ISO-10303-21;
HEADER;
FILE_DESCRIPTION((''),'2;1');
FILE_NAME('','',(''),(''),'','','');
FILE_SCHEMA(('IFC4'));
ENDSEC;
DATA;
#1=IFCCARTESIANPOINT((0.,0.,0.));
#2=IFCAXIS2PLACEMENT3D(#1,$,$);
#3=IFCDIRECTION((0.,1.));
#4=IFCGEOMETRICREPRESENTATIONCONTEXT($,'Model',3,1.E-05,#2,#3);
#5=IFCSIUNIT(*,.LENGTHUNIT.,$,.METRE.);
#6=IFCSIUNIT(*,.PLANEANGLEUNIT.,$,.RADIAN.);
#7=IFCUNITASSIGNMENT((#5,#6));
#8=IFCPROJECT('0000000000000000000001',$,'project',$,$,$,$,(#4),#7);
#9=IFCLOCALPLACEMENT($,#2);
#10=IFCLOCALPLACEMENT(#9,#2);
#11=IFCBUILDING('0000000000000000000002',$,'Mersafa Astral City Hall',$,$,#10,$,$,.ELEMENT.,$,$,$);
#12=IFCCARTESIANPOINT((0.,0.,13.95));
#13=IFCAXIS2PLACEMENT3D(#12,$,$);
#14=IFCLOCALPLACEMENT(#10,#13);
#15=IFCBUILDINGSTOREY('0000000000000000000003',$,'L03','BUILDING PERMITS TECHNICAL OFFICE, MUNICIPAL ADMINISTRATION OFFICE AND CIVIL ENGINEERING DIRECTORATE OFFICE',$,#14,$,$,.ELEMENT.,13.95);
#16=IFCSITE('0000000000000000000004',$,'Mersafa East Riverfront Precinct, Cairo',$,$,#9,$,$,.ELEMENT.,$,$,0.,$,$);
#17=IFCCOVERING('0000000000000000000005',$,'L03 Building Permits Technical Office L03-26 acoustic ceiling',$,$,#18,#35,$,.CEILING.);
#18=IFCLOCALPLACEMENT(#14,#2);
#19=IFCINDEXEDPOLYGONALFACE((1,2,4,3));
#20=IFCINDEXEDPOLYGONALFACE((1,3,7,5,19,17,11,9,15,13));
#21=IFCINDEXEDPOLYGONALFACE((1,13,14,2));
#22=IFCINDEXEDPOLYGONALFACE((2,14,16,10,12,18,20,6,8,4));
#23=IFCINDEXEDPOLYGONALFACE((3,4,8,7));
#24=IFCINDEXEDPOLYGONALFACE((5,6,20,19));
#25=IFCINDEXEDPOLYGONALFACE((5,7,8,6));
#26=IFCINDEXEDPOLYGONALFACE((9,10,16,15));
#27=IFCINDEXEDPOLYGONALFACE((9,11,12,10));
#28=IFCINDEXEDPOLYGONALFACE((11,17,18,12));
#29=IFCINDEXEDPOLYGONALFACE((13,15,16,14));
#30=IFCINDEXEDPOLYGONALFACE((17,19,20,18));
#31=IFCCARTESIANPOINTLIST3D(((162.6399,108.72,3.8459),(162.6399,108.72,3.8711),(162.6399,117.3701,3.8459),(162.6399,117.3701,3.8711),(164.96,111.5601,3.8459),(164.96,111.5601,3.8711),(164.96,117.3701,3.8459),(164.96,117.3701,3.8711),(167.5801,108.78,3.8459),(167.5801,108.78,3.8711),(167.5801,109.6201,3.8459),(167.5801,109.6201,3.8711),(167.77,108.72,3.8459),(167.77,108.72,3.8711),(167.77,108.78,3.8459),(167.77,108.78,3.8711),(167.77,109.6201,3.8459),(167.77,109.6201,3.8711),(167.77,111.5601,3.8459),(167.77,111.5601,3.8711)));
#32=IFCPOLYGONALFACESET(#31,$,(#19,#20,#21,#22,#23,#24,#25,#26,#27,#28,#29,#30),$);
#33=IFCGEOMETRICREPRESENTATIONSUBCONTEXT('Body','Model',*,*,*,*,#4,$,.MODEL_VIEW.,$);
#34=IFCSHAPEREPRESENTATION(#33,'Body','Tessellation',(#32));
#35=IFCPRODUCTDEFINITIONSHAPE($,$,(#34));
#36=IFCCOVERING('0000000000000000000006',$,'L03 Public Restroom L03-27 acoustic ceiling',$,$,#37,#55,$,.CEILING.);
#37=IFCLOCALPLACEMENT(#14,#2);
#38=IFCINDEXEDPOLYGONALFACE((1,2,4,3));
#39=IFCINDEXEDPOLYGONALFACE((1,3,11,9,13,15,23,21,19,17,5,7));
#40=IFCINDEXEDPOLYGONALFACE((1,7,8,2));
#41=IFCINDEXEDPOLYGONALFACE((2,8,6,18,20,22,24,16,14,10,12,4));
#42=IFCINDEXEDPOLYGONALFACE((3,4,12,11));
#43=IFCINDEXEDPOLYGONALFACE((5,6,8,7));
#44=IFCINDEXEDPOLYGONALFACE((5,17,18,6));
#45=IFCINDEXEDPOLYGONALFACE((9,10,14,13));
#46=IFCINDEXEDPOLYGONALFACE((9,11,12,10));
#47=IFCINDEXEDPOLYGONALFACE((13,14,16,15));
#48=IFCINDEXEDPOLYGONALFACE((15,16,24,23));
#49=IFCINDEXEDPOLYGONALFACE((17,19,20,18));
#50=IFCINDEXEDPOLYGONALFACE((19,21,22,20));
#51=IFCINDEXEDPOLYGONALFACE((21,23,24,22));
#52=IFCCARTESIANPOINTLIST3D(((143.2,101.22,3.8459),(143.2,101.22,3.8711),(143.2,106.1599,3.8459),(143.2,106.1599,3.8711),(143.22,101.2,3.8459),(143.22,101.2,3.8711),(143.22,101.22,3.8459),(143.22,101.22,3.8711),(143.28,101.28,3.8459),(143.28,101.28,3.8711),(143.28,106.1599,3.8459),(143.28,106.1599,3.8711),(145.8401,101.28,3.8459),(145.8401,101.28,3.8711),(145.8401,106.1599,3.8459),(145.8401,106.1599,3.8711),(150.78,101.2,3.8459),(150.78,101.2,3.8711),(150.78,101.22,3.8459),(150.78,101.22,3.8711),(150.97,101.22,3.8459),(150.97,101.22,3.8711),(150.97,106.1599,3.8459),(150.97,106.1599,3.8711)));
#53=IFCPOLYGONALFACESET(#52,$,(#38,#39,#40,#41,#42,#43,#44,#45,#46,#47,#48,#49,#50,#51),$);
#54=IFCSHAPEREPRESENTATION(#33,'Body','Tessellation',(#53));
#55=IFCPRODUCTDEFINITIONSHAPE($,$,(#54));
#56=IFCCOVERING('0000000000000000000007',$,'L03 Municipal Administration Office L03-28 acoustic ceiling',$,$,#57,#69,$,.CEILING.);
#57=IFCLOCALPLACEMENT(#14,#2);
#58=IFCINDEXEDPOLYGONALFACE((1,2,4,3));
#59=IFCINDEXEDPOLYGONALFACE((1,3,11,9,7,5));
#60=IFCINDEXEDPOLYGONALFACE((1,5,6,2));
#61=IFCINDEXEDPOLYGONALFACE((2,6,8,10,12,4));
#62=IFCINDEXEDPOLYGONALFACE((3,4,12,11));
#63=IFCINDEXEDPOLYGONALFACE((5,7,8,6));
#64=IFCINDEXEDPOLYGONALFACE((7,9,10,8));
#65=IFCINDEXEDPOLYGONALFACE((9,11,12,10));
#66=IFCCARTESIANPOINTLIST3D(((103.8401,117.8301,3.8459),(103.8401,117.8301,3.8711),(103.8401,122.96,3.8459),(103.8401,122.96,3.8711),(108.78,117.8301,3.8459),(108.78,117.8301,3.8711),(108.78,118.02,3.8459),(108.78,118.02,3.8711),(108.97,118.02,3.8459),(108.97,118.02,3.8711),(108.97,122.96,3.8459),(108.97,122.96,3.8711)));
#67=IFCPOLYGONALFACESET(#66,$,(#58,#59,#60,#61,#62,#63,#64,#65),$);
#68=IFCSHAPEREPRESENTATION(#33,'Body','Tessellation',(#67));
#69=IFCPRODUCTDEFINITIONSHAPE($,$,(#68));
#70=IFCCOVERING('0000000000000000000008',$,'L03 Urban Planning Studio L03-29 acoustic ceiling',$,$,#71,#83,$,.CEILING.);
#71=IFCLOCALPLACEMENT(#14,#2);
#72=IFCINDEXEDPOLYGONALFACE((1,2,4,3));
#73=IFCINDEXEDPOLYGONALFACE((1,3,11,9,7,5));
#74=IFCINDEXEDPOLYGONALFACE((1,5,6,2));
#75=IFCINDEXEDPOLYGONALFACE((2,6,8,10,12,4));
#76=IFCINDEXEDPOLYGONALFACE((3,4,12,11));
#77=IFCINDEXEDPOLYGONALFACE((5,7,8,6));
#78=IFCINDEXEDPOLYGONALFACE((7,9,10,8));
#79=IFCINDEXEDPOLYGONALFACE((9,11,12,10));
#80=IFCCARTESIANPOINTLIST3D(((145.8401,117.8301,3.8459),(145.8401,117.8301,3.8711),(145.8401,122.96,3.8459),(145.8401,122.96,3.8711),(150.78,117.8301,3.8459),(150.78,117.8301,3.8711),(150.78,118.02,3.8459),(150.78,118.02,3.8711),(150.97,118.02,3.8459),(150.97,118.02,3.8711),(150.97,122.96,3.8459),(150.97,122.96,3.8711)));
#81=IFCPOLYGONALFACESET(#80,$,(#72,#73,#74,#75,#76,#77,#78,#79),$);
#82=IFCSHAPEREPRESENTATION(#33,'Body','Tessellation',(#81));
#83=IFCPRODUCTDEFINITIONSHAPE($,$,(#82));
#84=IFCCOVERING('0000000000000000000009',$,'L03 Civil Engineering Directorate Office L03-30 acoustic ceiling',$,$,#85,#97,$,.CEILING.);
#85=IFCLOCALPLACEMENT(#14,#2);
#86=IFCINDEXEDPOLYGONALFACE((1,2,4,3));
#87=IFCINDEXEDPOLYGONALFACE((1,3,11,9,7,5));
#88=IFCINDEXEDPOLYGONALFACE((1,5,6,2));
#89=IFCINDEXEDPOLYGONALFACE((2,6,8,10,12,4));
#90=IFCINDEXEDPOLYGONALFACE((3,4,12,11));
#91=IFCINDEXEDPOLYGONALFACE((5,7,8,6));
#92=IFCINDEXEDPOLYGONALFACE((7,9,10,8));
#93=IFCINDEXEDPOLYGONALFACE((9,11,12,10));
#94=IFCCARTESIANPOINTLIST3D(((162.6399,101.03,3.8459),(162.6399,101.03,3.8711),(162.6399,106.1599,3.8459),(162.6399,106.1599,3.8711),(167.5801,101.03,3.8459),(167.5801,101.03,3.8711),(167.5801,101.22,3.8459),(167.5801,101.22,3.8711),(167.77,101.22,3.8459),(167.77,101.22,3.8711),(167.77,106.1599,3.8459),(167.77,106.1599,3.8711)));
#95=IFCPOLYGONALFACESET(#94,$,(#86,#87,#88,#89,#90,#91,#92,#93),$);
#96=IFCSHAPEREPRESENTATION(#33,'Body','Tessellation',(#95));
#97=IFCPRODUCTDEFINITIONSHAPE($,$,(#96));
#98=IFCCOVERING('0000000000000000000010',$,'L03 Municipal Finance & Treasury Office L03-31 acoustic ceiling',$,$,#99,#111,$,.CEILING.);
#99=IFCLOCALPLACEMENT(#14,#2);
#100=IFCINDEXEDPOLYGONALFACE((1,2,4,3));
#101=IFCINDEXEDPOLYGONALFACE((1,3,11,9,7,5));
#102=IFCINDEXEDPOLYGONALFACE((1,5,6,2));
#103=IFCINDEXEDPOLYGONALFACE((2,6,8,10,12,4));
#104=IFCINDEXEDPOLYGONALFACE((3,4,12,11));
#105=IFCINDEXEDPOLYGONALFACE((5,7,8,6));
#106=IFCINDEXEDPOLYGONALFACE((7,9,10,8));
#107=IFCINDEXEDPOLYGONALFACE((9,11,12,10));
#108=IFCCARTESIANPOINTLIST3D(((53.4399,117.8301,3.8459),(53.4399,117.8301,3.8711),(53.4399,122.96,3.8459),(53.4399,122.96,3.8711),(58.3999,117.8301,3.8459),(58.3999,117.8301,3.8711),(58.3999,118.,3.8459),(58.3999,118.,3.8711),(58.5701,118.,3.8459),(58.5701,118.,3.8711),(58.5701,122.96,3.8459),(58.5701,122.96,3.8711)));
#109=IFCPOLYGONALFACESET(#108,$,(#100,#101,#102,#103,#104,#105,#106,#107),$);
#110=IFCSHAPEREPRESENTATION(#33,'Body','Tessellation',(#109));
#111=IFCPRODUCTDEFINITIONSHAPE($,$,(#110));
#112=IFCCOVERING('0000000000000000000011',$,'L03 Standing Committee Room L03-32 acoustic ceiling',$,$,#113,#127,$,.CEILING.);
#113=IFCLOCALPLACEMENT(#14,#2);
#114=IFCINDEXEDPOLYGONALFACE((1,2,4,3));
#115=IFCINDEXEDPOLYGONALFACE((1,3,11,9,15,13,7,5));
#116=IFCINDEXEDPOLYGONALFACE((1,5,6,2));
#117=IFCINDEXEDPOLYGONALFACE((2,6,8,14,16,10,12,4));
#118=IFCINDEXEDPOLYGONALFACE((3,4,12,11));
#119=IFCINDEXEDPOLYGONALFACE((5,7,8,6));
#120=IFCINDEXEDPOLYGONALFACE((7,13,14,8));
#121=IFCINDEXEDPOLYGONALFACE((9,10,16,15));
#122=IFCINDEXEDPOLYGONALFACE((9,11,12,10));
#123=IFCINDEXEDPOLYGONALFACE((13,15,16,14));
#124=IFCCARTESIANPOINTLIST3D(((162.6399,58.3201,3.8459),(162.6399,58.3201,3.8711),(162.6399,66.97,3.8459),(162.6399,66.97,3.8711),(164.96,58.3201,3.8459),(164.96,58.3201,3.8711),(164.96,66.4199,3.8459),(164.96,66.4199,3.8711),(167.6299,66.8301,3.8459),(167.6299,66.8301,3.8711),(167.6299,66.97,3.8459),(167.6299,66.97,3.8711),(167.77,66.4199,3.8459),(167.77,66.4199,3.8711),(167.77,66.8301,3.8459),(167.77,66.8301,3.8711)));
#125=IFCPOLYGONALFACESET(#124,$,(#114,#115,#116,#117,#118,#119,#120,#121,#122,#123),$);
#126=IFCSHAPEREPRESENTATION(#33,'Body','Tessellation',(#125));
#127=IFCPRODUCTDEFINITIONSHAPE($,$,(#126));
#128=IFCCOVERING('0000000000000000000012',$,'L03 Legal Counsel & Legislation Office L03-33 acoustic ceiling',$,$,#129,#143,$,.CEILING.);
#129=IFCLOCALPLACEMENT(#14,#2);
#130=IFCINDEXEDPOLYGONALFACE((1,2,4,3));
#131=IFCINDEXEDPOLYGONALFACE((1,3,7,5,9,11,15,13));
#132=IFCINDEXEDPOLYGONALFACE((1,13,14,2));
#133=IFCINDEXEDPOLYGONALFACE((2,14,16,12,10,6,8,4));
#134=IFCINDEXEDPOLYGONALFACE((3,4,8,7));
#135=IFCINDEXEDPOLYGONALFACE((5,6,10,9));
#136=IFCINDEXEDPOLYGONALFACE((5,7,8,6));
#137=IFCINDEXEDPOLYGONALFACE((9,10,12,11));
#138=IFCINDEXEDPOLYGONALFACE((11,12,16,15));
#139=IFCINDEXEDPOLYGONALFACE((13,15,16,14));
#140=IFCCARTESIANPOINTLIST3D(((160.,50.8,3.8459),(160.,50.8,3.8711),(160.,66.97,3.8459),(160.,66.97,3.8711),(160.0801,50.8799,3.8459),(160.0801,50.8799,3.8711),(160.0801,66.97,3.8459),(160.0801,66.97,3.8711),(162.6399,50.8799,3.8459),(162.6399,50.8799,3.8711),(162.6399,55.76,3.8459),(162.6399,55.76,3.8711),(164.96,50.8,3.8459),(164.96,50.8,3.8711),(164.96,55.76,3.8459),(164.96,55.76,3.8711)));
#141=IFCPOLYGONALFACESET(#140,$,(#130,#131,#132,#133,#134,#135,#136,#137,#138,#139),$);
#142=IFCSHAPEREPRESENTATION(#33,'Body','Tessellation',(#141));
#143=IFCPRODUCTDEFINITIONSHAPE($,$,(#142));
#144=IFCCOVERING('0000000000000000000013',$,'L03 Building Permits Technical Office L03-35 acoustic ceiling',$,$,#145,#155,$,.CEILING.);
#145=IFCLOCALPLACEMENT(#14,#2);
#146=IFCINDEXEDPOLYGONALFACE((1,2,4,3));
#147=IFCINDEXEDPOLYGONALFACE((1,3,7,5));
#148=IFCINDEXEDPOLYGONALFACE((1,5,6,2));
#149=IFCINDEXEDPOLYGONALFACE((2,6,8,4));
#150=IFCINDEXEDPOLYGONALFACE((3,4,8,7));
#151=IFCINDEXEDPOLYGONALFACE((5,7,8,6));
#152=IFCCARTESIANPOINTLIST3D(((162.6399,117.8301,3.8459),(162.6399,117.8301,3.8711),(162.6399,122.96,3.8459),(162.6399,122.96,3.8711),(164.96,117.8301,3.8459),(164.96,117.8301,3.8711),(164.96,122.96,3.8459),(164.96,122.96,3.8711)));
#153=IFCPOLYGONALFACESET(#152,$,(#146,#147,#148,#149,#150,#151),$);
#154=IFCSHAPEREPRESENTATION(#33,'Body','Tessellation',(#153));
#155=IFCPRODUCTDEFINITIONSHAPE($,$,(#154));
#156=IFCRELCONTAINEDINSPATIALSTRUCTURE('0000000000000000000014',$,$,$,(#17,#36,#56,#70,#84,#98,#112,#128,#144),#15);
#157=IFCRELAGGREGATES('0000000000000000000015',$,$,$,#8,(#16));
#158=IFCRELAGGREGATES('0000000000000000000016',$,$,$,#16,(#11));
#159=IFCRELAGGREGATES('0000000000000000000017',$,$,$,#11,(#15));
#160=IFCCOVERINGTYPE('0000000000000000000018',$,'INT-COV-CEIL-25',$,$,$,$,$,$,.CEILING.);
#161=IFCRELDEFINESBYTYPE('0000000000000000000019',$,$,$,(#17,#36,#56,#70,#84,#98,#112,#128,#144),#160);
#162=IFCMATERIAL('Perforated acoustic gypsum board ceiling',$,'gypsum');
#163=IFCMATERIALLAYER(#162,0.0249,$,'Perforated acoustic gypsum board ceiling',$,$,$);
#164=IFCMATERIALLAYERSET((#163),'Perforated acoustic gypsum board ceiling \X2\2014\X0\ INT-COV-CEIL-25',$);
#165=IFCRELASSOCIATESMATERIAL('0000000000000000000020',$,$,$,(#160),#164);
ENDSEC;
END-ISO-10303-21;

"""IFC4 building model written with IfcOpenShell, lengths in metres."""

from ifc_helpers import new_model, si_unit, direction, frame, origin, place, context, subcontext, project, spatial, polyline, outline, extrude, material, layer, layer_set, type_object, element, save


model = new_model("IFC4")

# Units and contexts
model_context = context("Model", 3, precision=1e-05, world=origin(), true_north=direction((0.0, 1.0)))
body_context = subcontext(model_context, "Body", "Model", "MODEL_VIEW")
ifc_project = project(units=[si_unit("LENGTHUNIT", "METRE"), si_unit("PLANEANGLEUNIT", "RADIAN")], contexts=[model_context])

# Site, building, storey
site_placement = place(None, origin())
site = spatial("IfcSite", under=ifc_project, at=site_placement, Name="Mersafa East Riverfront Precinct, Cairo", CompositionType="ELEMENT", RefElevation=0.0)
building_placement = place(site_placement, origin())
building = spatial("IfcBuilding", under=site, at=building_placement, Name="Mersafa Astral City Hall", CompositionType="ELEMENT")
storey_placement = place(building_placement, frame((0.0, 0.0, 13.95)))
storey = spatial("IfcBuildingStorey", under=building, at=storey_placement, Name="L03", Description="BUILDING PERMITS TECHNICAL OFFICE, MUNICIPAL ADMINISTRATION OFFICE AND CIVIL ENGINEERING DIRECTORATE OFFICE", CompositionType="ELEMENT", Elevation=13.95)

# Coverings
ifc_material = material(Name="Perforated acoustic gypsum board ceiling", Category="gypsum")
ifc_layer = layer(ifc_material, 0.0249, Name="Perforated acoustic gypsum board ceiling")
ifc_layer_set = layer_set([ifc_layer], Name="Perforated acoustic gypsum board ceiling — INT-COV-CEIL-25")
covering_type = type_object("IfcCoveringType", Name="INT-COV-CEIL-25", PredefinedType="CEILING", material=ifc_layer_set)
covering_1_placement = place(storey_placement, frame((0.0, 0.0, 3.8459)))
element("IfcCovering", 1, at=covering_1_placement, inside=storey, type_object=covering_type, Name="L03 Building Permits Technical Office L03-26 acoustic ceiling", PredefinedType="CEILING", context=body_context, shape_type="SweptSolid", body=[
    extrude(outline(polyline([(164.96, 117.3701), (164.96, 111.5601), (167.77, 111.5601), (167.77, 109.6201), (167.5801, 109.6201), (167.5801, 108.78), (167.77, 108.78), (167.77, 108.72), (162.6399, 108.72), (162.6399, 117.3701), (164.96, 117.3701)])), origin(), (0.0, 0.0, 1.0), 0.0251),
])
covering_2_placement = place(storey_placement, frame((0.0, 0.0, 3.8459)))
element("IfcCovering", 2, at=covering_2_placement, inside=storey, type_object=covering_type, Name="L03 Public Restroom L03-27 acoustic ceiling", PredefinedType="CEILING", context=body_context, shape_type="SweptSolid", body=[
    extrude(outline(polyline([(143.22, 101.22), (143.2, 101.22), (143.2, 106.1599), (143.28, 106.1599), (143.28, 101.28), (145.8401, 101.28), (145.8401, 106.1599), (150.97, 106.1599), (150.97, 101.22), (150.78, 101.22), (150.78, 101.2), (143.22, 101.2), (143.22, 101.22)])), origin(), (0.0, 0.0, 1.0), 0.0251),
])
covering_3_placement = place(storey_placement, frame((0.0, 0.0, 3.8459)))
element("IfcCovering", 3, at=covering_3_placement, inside=storey, type_object=covering_type, Name="L03 Municipal Administration Office L03-28 acoustic ceiling", PredefinedType="CEILING", context=body_context, shape_type="SweptSolid", body=[
    extrude(outline(polyline([(108.97, 118.02), (108.78, 118.02), (108.78, 117.8301), (103.8401, 117.8301), (103.8401, 122.96), (108.97, 122.96), (108.97, 118.02)])), origin(), (0.0, 0.0, 1.0), 0.0251),
])
covering_4_placement = place(storey_placement, frame((0.0, 0.0, 3.8459)))
element("IfcCovering", 4, at=covering_4_placement, inside=storey, type_object=covering_type, Name="L03 Urban Planning Studio L03-29 acoustic ceiling", PredefinedType="CEILING", context=body_context, shape_type="SweptSolid", body=[
    extrude(outline(polyline([(150.97, 118.02), (150.78, 118.02), (150.78, 117.8301), (145.8401, 117.8301), (145.8401, 122.96), (150.97, 122.96), (150.97, 118.02)])), origin(), (0.0, 0.0, 1.0), 0.0251),
])
covering_5_placement = place(storey_placement, frame((0.0, 0.0, 3.8459)))
element("IfcCovering", 5, at=covering_5_placement, inside=storey, type_object=covering_type, Name="L03 Civil Engineering Directorate Office L03-30 acoustic ceiling", PredefinedType="CEILING", context=body_context, shape_type="SweptSolid", body=[
    extrude(outline(polyline([(167.77, 101.22), (167.5801, 101.22), (167.5801, 101.03), (162.6399, 101.03), (162.6399, 106.1599), (167.77, 106.1599), (167.77, 101.22)])), origin(), (0.0, 0.0, 1.0), 0.0251),
])
covering_6_placement = place(storey_placement, frame((0.0, 0.0, 3.8459)))
element("IfcCovering", 6, at=covering_6_placement, inside=storey, type_object=covering_type, Name="L03 Municipal Finance & Treasury Office L03-31 acoustic ceiling", PredefinedType="CEILING", context=body_context, shape_type="SweptSolid", body=[
    extrude(outline(polyline([(53.4399, 117.8301), (53.4399, 122.96), (58.5701, 122.96), (58.5701, 118.0), (58.3999, 118.0), (58.3999, 117.8301), (53.4399, 117.8301)])), origin(), (0.0, 0.0, 1.0), 0.0251),
])
covering_7_placement = place(storey_placement, frame((0.0, 0.0, 3.8459)))
element("IfcCovering", 7, at=covering_7_placement, inside=storey, type_object=covering_type, Name="L03 Standing Committee Room L03-32 acoustic ceiling", PredefinedType="CEILING", context=body_context, shape_type="SweptSolid", body=[
    extrude(outline(polyline([(162.6399, 58.3201), (162.6399, 66.97), (167.6299, 66.97), (167.6299, 66.8301), (167.77, 66.8301), (167.77, 66.4199), (164.96, 66.4199), (164.96, 58.3201), (162.6399, 58.3201)])), origin(), (0.0, 0.0, 1.0), 0.0251),
])
covering_8_placement = place(storey_placement, frame((0.0, 0.0, 3.8459)))
element("IfcCovering", 8, at=covering_8_placement, inside=storey, type_object=covering_type, Name="L03 Legal Counsel & Legislation Office L03-33 acoustic ceiling", PredefinedType="CEILING", context=body_context, shape_type="SweptSolid", body=[
    extrude(outline(polyline([(160.0801, 66.97), (160.0801, 50.8799), (162.6399, 50.8799), (162.6399, 55.76), (164.96, 55.76), (164.96, 50.8), (160.0, 50.8), (160.0, 66.97), (160.0801, 66.97)])), origin(), (0.0, 0.0, 1.0), 0.0251),
])
covering_9_placement = place(storey_placement, frame((0.0, 0.0, 3.8459)))
element("IfcCovering", 9, at=covering_9_placement, inside=storey, type_object=covering_type, Name="L03 Building Permits Technical Office L03-35 acoustic ceiling", PredefinedType="CEILING", context=body_context, shape_type="SweptSolid", body=[
    extrude(outline(polyline([(164.96, 117.8301), (162.6399, 117.8301), (162.6399, 122.96), (164.96, 122.96), (164.96, 117.8301)])), origin(), (0.0, 0.0, 1.0), 0.0251),
])

save(model, "model.ifc")
